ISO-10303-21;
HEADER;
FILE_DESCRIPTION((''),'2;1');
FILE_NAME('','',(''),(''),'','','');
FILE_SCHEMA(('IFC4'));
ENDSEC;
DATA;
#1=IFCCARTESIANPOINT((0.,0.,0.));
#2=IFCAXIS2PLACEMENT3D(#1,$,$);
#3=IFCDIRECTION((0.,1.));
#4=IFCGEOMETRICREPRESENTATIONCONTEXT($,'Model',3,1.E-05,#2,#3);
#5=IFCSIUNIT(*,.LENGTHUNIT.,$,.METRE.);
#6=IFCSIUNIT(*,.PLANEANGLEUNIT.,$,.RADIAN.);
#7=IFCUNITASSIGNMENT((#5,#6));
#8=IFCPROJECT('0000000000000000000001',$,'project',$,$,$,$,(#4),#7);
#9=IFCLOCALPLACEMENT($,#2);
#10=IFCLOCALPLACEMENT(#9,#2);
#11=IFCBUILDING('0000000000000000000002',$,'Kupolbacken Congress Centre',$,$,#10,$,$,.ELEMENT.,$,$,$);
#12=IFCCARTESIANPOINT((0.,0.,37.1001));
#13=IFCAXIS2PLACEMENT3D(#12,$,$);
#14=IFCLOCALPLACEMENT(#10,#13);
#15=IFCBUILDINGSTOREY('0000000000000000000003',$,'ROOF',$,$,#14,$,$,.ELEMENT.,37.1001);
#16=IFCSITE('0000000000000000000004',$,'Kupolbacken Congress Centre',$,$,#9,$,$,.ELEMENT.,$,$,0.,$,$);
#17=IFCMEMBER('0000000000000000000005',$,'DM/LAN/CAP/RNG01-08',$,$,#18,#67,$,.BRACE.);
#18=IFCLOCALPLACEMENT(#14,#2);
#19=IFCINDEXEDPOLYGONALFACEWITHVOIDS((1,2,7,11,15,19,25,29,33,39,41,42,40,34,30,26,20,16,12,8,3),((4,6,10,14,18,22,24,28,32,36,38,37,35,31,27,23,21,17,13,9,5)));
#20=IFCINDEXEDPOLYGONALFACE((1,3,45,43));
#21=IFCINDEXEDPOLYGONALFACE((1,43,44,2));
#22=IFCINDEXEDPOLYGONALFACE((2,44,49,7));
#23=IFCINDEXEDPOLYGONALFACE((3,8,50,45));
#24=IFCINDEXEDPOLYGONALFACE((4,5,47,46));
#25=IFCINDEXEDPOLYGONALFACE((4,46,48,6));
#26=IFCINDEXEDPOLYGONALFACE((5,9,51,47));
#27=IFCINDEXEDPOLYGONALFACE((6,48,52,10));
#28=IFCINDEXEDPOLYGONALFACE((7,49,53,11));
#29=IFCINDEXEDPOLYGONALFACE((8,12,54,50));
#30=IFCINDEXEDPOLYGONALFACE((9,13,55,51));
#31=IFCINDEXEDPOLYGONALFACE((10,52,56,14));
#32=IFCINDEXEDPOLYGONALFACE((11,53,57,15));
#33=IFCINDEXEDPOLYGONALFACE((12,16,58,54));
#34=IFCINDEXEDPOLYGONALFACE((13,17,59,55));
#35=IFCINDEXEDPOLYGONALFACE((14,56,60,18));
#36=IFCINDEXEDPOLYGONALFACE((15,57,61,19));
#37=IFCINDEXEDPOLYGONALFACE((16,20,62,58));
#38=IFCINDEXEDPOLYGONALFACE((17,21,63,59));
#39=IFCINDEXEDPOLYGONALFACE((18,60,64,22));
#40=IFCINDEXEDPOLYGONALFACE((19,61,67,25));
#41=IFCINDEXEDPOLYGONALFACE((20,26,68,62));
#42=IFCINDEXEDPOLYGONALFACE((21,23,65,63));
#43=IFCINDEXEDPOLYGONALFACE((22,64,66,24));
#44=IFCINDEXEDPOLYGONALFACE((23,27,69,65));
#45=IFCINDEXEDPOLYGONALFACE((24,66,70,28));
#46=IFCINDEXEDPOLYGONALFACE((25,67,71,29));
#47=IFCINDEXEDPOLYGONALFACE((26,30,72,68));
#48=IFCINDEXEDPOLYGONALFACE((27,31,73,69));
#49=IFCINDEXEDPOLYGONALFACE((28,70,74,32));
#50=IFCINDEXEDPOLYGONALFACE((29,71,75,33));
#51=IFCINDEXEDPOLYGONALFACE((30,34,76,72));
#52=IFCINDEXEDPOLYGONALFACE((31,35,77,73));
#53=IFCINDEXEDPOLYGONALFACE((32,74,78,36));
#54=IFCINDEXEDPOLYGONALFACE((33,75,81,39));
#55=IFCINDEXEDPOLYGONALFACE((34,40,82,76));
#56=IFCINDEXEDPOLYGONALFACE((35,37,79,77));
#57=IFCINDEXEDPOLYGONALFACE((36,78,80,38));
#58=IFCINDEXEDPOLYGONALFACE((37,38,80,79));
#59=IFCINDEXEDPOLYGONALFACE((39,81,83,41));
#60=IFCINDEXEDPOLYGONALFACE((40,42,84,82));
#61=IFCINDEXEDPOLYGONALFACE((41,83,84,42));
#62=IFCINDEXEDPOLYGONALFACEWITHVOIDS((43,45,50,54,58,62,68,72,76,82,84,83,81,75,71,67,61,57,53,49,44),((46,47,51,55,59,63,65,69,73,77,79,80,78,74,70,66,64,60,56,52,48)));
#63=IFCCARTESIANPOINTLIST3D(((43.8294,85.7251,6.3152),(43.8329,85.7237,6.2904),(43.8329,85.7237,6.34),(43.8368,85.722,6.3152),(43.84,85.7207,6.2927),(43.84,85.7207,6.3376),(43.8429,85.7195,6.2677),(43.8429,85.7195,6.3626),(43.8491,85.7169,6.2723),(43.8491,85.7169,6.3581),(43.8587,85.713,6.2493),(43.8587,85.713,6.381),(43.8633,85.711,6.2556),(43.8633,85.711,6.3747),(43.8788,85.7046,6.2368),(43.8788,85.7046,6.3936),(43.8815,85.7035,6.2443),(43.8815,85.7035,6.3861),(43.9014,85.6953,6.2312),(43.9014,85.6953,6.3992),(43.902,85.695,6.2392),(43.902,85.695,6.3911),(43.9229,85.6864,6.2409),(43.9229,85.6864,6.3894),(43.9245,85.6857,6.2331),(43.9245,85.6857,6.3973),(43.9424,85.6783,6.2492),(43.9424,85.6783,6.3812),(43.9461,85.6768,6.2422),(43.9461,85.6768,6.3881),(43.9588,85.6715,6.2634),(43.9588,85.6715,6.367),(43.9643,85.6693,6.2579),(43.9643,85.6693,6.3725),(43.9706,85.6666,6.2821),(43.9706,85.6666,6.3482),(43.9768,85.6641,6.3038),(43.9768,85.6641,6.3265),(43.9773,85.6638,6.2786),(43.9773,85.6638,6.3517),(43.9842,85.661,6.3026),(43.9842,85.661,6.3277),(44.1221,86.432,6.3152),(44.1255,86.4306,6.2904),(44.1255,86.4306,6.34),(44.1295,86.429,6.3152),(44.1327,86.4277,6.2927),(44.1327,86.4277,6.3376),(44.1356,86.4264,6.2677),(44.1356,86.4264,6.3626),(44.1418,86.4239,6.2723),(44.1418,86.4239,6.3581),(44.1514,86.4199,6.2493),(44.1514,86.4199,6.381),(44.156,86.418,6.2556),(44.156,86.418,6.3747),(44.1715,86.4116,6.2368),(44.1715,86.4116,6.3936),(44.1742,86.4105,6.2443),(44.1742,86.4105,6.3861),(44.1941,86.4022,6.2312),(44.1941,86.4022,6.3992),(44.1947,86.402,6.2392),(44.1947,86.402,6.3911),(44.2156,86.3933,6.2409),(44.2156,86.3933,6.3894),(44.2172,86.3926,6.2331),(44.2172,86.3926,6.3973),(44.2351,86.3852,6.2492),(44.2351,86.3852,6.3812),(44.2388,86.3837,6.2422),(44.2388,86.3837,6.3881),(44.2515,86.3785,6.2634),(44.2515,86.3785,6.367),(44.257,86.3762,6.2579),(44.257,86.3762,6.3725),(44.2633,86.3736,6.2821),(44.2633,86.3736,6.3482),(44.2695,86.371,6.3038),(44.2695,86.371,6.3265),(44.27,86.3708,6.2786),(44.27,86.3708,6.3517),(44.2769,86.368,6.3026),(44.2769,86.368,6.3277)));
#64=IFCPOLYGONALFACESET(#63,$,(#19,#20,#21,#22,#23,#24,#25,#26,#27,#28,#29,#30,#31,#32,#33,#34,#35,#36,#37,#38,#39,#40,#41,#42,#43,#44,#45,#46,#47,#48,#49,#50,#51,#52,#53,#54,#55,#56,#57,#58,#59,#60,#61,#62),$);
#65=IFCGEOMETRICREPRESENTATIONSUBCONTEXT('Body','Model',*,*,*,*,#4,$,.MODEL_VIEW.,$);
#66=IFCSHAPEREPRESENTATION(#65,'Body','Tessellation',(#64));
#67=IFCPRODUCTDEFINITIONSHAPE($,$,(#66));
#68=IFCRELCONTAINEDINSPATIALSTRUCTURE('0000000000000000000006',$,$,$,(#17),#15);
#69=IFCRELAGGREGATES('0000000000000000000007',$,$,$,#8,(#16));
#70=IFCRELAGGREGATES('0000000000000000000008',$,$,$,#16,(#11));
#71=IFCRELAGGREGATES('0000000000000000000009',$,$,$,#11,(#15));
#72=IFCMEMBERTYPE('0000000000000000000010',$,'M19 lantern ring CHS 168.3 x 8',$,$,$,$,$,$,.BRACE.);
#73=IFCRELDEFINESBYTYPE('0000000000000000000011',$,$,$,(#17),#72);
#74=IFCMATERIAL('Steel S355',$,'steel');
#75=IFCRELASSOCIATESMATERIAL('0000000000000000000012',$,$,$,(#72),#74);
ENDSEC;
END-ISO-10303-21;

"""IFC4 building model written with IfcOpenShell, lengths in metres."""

from ifc_helpers import new_model, si_unit, direction, frame, origin, origin_2d, place, context, subcontext, project, spatial, hollow_circle, extrude, material, material_profile, profile_set, type_object, element, save


model = new_model("IFC4")

# Units and contexts
model_context = context("Model", 3, precision=1e-05, world=origin(), true_north=direction((0.0, 1.0)))
body_context = subcontext(model_context, "Body", "Model", "MODEL_VIEW")
ifc_project = project(units=[si_unit("LENGTHUNIT", "METRE"), si_unit("PLANEANGLEUNIT", "RADIAN")], contexts=[model_context])

# Site, building, storey
site_placement = place(None, origin())
site = spatial("IfcSite", under=ifc_project, at=site_placement, Name="Kupolbacken Congress Centre", CompositionType="ELEMENT", RefElevation=0.0)
building_placement = place(site_placement, origin())
building = spatial("IfcBuilding", under=site, at=building_placement, Name="Kupolbacken Congress Centre", CompositionType="ELEMENT")
storey_placement = place(building_placement, frame((0.0, 0.0, 37.1001)))
storey = spatial("IfcBuildingStorey", under=building, at=storey_placement, Name="ROOF", CompositionType="ELEMENT", Elevation=37.1001)

# Member
ifc_material_1 = material(Name="Steel S355", Category="steel")
ifc_material_profile_1 = material_profile(ifc_material_1, hollow_circle(Radius=0.0842, WallThickness=0.0081, at=origin_2d()), Name="CHS 168.3 x 8")
ifc_profile_set_1 = profile_set([ifc_material_profile_1], Name="Steel S355")
member_type_1 = type_object("IfcMemberType", Name="M19 lantern ring CHS 168.3 x 8", PredefinedType="BRACE", material=ifc_profile_set_1)
member_1_placement = place(storey_placement, frame((43.9072, 85.6929, 6.3152), z_axis=(0.38253, 0.923943, 0.0), x_axis=(-0.923943, 0.38253, 0.0)))
element("IfcMember", 1, at=member_1_placement, inside=storey, type_object=member_type_1, Name="DM/LAN/CAP/RNG01-08", PredefinedType="BRACE", context=body_context, shape_type="SweptSolid", body=[
    extrude(hollow_circle(Radius=0.0842, WallThickness=0.0081, at=origin_2d()), origin(), (0.0, 0.0, 1.0), 0.7651),
])

save(model, "model.ifc")
